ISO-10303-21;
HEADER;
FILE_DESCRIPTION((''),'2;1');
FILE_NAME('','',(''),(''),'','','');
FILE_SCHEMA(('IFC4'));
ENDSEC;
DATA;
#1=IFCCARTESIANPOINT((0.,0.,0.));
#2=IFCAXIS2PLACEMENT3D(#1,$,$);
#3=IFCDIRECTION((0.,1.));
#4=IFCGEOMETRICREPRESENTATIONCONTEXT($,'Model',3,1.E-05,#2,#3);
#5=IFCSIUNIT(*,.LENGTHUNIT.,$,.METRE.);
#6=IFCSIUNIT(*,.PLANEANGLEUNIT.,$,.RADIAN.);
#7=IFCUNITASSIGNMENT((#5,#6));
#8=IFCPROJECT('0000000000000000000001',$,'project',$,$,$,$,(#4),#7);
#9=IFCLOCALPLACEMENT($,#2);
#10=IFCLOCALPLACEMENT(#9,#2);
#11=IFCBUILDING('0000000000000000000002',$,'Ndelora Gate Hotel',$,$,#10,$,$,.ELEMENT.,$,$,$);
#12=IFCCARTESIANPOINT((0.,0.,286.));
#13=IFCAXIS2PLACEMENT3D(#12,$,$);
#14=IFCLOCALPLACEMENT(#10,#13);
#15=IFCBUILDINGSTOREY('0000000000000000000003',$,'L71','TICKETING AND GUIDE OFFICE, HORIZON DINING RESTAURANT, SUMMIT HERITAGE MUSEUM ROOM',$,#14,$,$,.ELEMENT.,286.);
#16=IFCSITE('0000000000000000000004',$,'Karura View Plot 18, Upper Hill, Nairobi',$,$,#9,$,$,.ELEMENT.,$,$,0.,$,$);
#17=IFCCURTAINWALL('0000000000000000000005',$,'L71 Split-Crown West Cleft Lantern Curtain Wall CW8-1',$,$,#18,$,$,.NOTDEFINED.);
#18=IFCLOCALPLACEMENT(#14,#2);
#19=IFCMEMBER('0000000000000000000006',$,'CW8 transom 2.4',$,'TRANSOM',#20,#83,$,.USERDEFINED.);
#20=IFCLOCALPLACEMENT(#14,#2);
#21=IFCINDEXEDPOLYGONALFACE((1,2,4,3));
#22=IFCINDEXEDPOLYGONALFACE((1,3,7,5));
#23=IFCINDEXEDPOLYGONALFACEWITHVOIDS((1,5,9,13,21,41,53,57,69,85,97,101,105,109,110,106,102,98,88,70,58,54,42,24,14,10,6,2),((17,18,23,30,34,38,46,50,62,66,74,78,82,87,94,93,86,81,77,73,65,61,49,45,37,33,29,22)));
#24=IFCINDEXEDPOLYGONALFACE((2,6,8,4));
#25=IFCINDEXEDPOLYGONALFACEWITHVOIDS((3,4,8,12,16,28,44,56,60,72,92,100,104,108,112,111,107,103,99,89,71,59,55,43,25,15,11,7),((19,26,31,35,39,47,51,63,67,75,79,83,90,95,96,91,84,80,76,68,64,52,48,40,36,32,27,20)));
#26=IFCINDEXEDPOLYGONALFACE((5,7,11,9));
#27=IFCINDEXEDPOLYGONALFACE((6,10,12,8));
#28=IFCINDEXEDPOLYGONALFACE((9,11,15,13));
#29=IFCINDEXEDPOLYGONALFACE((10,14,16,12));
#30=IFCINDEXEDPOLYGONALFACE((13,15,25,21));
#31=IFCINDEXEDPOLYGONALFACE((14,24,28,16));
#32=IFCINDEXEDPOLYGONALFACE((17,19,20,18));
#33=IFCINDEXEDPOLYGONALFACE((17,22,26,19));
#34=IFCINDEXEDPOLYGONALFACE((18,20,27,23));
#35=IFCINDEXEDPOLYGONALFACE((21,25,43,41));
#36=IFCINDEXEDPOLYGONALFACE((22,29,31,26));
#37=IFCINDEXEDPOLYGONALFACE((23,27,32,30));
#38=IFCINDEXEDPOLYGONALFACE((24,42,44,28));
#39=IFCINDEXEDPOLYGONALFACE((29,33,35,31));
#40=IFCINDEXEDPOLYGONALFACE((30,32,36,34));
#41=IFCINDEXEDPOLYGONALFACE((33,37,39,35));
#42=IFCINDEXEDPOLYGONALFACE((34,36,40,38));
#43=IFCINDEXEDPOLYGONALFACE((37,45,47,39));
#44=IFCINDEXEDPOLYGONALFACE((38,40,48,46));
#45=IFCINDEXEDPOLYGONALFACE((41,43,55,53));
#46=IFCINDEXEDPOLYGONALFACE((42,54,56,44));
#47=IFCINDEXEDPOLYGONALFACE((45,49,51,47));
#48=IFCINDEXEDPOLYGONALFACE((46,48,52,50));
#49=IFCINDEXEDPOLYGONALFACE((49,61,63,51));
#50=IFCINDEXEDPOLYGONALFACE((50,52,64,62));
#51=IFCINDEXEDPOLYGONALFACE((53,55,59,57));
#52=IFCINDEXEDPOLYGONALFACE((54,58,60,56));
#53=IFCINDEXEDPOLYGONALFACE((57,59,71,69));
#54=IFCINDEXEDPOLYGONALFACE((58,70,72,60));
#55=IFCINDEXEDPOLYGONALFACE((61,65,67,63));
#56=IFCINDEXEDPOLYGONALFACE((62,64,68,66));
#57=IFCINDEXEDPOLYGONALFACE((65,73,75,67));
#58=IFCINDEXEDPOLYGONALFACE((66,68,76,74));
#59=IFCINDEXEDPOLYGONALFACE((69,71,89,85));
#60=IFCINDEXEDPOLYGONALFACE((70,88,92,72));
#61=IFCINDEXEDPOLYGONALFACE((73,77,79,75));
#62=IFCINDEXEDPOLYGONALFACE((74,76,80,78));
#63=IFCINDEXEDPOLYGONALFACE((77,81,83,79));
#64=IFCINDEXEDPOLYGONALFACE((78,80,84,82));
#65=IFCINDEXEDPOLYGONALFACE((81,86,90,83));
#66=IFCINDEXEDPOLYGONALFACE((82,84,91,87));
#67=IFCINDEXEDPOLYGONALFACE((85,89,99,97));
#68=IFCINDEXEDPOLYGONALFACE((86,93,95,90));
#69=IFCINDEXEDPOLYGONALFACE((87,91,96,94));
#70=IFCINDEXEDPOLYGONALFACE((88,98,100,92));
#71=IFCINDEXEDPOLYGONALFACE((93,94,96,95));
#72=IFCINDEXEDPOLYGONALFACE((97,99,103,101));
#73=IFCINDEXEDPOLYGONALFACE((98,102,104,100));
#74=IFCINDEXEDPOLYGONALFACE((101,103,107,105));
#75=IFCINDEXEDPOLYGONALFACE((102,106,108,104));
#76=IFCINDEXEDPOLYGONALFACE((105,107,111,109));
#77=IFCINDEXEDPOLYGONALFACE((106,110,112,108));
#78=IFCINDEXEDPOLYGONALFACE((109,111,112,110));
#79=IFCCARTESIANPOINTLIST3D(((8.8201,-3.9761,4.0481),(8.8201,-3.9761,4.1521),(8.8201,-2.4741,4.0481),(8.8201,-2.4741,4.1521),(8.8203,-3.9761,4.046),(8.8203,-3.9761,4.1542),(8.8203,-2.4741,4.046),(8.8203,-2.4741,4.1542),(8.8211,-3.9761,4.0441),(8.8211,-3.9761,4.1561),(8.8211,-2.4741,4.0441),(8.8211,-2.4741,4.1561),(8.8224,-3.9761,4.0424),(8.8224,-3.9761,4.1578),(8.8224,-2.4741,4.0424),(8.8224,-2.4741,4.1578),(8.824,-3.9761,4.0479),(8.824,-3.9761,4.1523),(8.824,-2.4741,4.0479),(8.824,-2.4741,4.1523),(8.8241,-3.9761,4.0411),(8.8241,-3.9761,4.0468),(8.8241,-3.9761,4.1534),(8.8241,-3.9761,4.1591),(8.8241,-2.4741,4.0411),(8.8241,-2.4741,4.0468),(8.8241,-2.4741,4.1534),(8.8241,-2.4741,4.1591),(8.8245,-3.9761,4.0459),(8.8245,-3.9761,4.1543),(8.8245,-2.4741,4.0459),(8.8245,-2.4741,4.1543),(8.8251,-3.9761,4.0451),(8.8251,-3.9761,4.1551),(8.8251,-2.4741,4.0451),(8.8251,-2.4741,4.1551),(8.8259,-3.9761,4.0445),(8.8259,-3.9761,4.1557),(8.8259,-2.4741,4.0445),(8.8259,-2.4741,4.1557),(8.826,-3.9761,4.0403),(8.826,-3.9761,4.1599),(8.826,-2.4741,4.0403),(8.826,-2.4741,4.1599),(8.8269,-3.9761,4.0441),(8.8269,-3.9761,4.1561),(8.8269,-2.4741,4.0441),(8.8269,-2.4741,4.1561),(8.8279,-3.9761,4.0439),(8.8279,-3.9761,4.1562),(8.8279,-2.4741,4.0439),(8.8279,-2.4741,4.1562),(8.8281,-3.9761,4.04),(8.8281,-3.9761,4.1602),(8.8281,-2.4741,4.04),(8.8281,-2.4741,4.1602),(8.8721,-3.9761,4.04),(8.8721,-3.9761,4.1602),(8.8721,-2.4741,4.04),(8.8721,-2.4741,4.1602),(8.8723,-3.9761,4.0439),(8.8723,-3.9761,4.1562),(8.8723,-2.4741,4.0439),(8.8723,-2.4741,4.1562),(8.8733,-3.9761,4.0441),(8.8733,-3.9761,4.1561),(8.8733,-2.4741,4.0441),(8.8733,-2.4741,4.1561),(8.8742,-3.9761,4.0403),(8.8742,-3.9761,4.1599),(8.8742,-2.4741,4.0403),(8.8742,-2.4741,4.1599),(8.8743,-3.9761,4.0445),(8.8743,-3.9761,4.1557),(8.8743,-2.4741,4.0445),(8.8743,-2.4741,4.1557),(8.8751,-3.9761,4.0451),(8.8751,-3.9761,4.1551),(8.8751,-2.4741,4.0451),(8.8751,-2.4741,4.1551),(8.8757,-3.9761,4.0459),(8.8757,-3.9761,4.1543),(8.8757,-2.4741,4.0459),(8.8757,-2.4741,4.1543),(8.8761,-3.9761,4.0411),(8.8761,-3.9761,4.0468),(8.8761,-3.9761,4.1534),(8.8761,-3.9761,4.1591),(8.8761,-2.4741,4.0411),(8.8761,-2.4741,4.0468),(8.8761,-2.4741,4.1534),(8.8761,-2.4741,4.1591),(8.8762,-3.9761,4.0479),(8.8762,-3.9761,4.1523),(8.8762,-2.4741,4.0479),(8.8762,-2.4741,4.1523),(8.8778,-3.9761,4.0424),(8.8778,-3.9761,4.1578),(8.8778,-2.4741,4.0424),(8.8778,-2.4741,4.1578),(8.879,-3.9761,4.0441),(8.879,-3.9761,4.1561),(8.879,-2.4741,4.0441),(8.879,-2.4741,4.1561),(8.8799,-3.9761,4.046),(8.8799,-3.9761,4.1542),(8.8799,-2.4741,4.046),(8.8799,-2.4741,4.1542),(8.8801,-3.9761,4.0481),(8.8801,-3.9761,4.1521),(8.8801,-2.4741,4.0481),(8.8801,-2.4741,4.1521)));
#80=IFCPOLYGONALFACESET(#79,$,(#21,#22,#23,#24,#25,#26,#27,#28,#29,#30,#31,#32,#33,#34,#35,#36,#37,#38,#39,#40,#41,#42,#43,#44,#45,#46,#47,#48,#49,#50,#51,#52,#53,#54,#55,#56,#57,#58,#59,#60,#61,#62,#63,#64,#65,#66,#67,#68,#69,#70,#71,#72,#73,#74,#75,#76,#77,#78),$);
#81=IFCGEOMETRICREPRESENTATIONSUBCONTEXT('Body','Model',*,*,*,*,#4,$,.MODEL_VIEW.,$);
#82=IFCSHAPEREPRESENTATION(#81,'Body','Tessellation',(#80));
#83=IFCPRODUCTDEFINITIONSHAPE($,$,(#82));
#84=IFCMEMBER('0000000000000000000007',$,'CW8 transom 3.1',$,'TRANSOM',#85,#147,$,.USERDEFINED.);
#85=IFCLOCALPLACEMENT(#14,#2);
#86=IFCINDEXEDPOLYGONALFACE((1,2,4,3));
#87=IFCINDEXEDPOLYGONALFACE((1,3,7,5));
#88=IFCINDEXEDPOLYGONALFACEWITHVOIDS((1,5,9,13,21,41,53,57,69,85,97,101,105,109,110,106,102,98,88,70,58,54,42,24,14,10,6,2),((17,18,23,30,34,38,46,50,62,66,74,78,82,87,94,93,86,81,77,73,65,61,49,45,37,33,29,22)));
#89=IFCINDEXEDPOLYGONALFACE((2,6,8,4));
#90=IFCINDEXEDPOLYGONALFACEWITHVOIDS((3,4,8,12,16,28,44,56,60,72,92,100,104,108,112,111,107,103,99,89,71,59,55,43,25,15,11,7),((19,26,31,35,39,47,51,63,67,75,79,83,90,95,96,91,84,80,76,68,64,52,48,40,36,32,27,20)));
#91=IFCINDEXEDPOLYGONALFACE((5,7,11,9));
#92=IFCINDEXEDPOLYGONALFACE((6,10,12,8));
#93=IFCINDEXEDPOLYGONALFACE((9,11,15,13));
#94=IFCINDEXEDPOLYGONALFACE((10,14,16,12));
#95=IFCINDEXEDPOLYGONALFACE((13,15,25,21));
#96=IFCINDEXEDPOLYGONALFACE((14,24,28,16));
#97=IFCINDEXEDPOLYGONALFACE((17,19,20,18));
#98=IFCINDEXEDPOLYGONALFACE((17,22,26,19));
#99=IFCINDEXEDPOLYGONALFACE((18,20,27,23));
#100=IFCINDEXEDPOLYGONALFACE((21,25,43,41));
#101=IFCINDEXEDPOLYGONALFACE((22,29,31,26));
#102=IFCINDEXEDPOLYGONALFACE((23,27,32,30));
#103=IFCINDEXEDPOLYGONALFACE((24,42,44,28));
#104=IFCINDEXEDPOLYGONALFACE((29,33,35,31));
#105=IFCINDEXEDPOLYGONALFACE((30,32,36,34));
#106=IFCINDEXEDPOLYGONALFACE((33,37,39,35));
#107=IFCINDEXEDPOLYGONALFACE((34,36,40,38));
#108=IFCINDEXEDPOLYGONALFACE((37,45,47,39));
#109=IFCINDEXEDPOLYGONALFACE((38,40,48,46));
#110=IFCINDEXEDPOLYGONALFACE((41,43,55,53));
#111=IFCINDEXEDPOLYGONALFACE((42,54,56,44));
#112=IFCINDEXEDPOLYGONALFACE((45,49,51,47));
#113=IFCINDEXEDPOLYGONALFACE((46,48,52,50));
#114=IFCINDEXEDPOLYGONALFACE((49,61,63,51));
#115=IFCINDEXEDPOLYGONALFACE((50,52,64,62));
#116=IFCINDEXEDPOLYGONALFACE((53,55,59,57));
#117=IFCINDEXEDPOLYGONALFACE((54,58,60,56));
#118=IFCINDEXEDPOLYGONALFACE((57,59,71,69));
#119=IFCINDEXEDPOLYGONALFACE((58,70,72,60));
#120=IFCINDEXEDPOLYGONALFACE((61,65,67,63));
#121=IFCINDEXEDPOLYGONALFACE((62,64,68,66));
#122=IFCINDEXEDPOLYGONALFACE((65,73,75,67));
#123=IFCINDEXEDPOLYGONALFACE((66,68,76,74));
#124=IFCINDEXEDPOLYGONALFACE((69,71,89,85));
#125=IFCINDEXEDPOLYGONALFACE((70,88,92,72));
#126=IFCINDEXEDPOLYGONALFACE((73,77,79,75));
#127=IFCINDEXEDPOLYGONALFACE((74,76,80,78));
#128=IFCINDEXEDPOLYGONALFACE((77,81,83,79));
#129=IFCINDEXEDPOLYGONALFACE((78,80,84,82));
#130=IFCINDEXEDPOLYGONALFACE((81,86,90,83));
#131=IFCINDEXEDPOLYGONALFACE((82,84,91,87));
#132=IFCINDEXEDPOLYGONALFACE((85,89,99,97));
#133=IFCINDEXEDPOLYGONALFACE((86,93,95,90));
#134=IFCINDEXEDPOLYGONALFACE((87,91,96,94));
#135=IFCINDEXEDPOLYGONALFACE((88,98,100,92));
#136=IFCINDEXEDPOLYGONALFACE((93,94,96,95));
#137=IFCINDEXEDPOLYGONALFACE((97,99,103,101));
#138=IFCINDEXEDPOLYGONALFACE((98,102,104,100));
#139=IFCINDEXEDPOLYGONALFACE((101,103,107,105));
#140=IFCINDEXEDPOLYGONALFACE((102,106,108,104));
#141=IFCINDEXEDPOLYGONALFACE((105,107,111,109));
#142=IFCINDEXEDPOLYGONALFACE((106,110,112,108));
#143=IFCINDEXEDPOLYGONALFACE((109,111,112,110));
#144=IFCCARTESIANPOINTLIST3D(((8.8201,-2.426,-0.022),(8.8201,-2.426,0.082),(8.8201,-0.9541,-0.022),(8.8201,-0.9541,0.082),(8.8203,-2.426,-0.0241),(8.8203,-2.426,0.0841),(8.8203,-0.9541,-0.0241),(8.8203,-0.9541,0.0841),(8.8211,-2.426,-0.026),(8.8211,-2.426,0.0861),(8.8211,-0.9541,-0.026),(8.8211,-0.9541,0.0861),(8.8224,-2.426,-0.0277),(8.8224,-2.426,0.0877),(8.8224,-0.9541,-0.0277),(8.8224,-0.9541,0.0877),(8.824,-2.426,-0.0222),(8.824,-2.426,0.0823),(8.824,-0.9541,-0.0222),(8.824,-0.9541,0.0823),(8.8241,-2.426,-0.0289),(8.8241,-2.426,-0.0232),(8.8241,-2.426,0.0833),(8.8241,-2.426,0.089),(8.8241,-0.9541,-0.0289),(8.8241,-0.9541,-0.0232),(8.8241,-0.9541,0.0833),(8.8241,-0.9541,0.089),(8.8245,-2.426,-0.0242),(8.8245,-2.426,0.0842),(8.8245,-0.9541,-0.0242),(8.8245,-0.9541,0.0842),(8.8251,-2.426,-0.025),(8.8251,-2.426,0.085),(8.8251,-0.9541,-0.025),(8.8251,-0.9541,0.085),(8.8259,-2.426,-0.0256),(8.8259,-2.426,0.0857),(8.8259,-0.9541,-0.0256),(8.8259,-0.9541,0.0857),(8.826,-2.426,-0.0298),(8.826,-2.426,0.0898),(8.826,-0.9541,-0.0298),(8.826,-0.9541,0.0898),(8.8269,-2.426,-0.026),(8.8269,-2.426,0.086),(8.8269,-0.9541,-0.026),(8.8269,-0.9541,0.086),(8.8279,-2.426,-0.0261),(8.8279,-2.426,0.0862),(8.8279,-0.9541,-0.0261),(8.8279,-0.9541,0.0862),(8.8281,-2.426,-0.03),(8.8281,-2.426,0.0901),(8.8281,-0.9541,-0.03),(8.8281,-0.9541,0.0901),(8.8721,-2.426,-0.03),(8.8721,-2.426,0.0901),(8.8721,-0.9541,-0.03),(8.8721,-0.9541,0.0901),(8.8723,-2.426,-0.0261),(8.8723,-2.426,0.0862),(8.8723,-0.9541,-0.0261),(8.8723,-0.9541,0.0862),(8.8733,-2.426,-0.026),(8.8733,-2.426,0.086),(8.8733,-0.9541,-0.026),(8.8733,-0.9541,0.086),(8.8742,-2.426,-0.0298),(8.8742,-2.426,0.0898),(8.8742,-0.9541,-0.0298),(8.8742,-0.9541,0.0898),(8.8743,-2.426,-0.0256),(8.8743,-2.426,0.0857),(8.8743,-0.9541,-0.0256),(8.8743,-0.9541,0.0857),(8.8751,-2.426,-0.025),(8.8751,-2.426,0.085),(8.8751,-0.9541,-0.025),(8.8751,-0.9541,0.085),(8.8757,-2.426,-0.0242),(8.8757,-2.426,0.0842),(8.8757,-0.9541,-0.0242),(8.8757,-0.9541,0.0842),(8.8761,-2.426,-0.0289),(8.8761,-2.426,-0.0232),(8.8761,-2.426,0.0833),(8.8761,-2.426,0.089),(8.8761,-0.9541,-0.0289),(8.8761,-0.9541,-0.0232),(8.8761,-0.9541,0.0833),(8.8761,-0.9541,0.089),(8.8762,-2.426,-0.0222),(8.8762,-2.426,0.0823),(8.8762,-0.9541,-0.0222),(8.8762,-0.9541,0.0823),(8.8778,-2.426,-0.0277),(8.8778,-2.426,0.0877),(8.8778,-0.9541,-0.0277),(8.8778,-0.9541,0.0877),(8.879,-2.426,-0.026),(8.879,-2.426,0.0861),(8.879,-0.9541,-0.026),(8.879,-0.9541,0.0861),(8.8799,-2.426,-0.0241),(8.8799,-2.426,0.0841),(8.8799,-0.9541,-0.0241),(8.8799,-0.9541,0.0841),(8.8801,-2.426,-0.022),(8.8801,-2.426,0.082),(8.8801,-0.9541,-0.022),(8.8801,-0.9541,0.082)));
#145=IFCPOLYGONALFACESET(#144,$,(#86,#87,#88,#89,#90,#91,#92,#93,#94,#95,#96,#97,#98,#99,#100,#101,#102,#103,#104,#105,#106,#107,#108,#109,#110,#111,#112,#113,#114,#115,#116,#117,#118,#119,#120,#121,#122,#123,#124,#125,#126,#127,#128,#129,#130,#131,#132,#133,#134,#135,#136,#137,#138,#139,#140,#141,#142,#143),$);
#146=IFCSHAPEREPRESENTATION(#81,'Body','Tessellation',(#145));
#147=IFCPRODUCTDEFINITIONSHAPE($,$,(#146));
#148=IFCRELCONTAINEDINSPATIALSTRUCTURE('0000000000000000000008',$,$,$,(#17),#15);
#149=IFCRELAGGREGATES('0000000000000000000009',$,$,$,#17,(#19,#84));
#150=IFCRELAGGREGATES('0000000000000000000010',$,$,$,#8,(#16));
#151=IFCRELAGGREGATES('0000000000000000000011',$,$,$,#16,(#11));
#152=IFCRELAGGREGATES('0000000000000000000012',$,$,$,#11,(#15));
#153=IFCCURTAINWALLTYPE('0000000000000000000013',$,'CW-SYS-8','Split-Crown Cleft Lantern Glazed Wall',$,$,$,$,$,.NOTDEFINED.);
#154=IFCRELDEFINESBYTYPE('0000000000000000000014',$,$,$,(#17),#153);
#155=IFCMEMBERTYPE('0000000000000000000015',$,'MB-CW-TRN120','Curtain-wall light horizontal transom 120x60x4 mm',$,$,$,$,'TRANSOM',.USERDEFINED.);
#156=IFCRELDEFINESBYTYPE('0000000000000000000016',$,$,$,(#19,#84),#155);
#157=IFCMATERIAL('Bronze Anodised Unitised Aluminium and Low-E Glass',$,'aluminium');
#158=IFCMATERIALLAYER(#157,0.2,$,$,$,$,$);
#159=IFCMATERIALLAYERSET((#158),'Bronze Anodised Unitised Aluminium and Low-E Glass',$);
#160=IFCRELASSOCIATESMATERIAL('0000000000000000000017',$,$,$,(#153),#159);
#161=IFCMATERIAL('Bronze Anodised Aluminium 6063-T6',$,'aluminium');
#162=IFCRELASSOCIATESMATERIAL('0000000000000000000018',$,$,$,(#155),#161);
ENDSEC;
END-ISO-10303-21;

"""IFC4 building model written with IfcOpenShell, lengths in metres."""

from ifc_helpers import new_model, si_unit, direction, frame, origin, origin_2d, place, context, subcontext, project, spatial, hollow_rectangle, extrude, material, layer, layer_set, material_profile, profile_set, type_object, element, aggregate, save


model = new_model("IFC4")

# Units and contexts
model_context = context("Model", 3, precision=1e-05, world=origin(), true_north=direction((0.0, 1.0)))
body_context = subcontext(model_context, "Body", "Model", "MODEL_VIEW")
ifc_project = project(units=[si_unit("LENGTHUNIT", "METRE"), si_unit("PLANEANGLEUNIT", "RADIAN")], contexts=[model_context])

# Site, building, storey
site_placement = place(None, origin())
site = spatial("IfcSite", under=ifc_project, at=site_placement, Name="Karura View Plot 18, Upper Hill, Nairobi", CompositionType="ELEMENT", RefElevation=0.0)
building_placement = place(site_placement, origin())
building = spatial("IfcBuilding", under=site, at=building_placement, Name="Ndelora Gate Hotel", CompositionType="ELEMENT")
storey_placement = place(building_placement, frame((0.0, 0.0, 286.0)))
storey = spatial("IfcBuildingStorey", under=building, at=storey_placement, Name="L71", Description="TICKETING AND GUIDE OFFICE, HORIZON DINING RESTAURANT, SUMMIT HERITAGE MUSEUM ROOM", CompositionType="ELEMENT", Elevation=286.0)

# Curtain wall, members
ifc_material_1 = material(Name="Bronze Anodised Unitised Aluminium and Low-E Glass", Category="aluminium")
ifc_layer_1 = layer(ifc_material_1, 0.2)
ifc_layer_set_1 = layer_set([ifc_layer_1], Name="Bronze Anodised Unitised Aluminium and Low-E Glass")
curtain_wall_type = type_object("IfcCurtainWallType", Name="CW-SYS-8", Description="Split-Crown Cleft Lantern Glazed Wall", PredefinedType="NOTDEFINED", material=ifc_layer_set_1)
curtain_wall_placement = place(storey_placement, origin())
curtain_wall = element("IfcCurtainWall", 1, at=curtain_wall_placement, inside=storey, type_object=curtain_wall_type, Name="L71 Split-Crown West Cleft Lantern Curtain Wall CW8-1", PredefinedType="NOTDEFINED")
ifc_material_2 = material(Name="Bronze Anodised Aluminium 6063-T6", Category="aluminium")
ifc_material_profile_1 = material_profile(ifc_material_2, hollow_rectangle(XDim=0.0601, YDim=0.1201, WallThickness=0.0039, InnerFilletRadius=0.0039, OuterFilletRadius=0.0081, at=origin_2d()), Name="ALU 120x60x4")
ifc_profile_set_1 = profile_set([ifc_material_profile_1], Name="Bronze Anodised Aluminium 6063-T6")
member_type_1 = type_object("IfcMemberType", Name="MB-CW-TRN120", Description="Curtain-wall light horizontal transom 120x60x4 mm", ElementType="TRANSOM", PredefinedType="USERDEFINED", material=ifc_profile_set_1)
member_1_placement = place(storey_placement, frame((8.8501, -3.9761, 4.1001), z_axis=(0.0, 1.0, 0.0), x_axis=(-1.0, 0.0, 0.0)))
member_1 = element("IfcMember", 2, at=member_1_placement, type_object=member_type_1, Name="CW8 transom 2.4", ObjectType="TRANSOM", PredefinedType="USERDEFINED", context=body_context, shape_type="SweptSolid", body=[
    extrude(hollow_rectangle(XDim=0.0601, YDim=0.1201, WallThickness=0.0039, InnerFilletRadius=0.0039, OuterFilletRadius=0.0081, at=origin_2d()), origin(), (0.0, 0.0, 1.0), 1.502),
])
member_2_placement = place(storey_placement, frame((8.8501, -2.426, 0.03), z_axis=(0.0, 1.0, 0.0), x_axis=(-1.0, 0.0, 0.0)))
member_2 = element("IfcMember", 3, at=member_2_placement, type_object=member_type_1, Name="CW8 transom 3.1", ObjectType="TRANSOM", PredefinedType="USERDEFINED", context=body_context, shape_type="SweptSolid", body=[
    extrude(hollow_rectangle(XDim=0.0601, YDim=0.1201, WallThickness=0.0039, InnerFilletRadius=0.0039, OuterFilletRadius=0.0081, at=origin_2d()), origin(), (0.0, 0.0, 1.0), 1.4719),
])
aggregate(curtain_wall, [member_1, member_2])

save(model, "model.ifc")
